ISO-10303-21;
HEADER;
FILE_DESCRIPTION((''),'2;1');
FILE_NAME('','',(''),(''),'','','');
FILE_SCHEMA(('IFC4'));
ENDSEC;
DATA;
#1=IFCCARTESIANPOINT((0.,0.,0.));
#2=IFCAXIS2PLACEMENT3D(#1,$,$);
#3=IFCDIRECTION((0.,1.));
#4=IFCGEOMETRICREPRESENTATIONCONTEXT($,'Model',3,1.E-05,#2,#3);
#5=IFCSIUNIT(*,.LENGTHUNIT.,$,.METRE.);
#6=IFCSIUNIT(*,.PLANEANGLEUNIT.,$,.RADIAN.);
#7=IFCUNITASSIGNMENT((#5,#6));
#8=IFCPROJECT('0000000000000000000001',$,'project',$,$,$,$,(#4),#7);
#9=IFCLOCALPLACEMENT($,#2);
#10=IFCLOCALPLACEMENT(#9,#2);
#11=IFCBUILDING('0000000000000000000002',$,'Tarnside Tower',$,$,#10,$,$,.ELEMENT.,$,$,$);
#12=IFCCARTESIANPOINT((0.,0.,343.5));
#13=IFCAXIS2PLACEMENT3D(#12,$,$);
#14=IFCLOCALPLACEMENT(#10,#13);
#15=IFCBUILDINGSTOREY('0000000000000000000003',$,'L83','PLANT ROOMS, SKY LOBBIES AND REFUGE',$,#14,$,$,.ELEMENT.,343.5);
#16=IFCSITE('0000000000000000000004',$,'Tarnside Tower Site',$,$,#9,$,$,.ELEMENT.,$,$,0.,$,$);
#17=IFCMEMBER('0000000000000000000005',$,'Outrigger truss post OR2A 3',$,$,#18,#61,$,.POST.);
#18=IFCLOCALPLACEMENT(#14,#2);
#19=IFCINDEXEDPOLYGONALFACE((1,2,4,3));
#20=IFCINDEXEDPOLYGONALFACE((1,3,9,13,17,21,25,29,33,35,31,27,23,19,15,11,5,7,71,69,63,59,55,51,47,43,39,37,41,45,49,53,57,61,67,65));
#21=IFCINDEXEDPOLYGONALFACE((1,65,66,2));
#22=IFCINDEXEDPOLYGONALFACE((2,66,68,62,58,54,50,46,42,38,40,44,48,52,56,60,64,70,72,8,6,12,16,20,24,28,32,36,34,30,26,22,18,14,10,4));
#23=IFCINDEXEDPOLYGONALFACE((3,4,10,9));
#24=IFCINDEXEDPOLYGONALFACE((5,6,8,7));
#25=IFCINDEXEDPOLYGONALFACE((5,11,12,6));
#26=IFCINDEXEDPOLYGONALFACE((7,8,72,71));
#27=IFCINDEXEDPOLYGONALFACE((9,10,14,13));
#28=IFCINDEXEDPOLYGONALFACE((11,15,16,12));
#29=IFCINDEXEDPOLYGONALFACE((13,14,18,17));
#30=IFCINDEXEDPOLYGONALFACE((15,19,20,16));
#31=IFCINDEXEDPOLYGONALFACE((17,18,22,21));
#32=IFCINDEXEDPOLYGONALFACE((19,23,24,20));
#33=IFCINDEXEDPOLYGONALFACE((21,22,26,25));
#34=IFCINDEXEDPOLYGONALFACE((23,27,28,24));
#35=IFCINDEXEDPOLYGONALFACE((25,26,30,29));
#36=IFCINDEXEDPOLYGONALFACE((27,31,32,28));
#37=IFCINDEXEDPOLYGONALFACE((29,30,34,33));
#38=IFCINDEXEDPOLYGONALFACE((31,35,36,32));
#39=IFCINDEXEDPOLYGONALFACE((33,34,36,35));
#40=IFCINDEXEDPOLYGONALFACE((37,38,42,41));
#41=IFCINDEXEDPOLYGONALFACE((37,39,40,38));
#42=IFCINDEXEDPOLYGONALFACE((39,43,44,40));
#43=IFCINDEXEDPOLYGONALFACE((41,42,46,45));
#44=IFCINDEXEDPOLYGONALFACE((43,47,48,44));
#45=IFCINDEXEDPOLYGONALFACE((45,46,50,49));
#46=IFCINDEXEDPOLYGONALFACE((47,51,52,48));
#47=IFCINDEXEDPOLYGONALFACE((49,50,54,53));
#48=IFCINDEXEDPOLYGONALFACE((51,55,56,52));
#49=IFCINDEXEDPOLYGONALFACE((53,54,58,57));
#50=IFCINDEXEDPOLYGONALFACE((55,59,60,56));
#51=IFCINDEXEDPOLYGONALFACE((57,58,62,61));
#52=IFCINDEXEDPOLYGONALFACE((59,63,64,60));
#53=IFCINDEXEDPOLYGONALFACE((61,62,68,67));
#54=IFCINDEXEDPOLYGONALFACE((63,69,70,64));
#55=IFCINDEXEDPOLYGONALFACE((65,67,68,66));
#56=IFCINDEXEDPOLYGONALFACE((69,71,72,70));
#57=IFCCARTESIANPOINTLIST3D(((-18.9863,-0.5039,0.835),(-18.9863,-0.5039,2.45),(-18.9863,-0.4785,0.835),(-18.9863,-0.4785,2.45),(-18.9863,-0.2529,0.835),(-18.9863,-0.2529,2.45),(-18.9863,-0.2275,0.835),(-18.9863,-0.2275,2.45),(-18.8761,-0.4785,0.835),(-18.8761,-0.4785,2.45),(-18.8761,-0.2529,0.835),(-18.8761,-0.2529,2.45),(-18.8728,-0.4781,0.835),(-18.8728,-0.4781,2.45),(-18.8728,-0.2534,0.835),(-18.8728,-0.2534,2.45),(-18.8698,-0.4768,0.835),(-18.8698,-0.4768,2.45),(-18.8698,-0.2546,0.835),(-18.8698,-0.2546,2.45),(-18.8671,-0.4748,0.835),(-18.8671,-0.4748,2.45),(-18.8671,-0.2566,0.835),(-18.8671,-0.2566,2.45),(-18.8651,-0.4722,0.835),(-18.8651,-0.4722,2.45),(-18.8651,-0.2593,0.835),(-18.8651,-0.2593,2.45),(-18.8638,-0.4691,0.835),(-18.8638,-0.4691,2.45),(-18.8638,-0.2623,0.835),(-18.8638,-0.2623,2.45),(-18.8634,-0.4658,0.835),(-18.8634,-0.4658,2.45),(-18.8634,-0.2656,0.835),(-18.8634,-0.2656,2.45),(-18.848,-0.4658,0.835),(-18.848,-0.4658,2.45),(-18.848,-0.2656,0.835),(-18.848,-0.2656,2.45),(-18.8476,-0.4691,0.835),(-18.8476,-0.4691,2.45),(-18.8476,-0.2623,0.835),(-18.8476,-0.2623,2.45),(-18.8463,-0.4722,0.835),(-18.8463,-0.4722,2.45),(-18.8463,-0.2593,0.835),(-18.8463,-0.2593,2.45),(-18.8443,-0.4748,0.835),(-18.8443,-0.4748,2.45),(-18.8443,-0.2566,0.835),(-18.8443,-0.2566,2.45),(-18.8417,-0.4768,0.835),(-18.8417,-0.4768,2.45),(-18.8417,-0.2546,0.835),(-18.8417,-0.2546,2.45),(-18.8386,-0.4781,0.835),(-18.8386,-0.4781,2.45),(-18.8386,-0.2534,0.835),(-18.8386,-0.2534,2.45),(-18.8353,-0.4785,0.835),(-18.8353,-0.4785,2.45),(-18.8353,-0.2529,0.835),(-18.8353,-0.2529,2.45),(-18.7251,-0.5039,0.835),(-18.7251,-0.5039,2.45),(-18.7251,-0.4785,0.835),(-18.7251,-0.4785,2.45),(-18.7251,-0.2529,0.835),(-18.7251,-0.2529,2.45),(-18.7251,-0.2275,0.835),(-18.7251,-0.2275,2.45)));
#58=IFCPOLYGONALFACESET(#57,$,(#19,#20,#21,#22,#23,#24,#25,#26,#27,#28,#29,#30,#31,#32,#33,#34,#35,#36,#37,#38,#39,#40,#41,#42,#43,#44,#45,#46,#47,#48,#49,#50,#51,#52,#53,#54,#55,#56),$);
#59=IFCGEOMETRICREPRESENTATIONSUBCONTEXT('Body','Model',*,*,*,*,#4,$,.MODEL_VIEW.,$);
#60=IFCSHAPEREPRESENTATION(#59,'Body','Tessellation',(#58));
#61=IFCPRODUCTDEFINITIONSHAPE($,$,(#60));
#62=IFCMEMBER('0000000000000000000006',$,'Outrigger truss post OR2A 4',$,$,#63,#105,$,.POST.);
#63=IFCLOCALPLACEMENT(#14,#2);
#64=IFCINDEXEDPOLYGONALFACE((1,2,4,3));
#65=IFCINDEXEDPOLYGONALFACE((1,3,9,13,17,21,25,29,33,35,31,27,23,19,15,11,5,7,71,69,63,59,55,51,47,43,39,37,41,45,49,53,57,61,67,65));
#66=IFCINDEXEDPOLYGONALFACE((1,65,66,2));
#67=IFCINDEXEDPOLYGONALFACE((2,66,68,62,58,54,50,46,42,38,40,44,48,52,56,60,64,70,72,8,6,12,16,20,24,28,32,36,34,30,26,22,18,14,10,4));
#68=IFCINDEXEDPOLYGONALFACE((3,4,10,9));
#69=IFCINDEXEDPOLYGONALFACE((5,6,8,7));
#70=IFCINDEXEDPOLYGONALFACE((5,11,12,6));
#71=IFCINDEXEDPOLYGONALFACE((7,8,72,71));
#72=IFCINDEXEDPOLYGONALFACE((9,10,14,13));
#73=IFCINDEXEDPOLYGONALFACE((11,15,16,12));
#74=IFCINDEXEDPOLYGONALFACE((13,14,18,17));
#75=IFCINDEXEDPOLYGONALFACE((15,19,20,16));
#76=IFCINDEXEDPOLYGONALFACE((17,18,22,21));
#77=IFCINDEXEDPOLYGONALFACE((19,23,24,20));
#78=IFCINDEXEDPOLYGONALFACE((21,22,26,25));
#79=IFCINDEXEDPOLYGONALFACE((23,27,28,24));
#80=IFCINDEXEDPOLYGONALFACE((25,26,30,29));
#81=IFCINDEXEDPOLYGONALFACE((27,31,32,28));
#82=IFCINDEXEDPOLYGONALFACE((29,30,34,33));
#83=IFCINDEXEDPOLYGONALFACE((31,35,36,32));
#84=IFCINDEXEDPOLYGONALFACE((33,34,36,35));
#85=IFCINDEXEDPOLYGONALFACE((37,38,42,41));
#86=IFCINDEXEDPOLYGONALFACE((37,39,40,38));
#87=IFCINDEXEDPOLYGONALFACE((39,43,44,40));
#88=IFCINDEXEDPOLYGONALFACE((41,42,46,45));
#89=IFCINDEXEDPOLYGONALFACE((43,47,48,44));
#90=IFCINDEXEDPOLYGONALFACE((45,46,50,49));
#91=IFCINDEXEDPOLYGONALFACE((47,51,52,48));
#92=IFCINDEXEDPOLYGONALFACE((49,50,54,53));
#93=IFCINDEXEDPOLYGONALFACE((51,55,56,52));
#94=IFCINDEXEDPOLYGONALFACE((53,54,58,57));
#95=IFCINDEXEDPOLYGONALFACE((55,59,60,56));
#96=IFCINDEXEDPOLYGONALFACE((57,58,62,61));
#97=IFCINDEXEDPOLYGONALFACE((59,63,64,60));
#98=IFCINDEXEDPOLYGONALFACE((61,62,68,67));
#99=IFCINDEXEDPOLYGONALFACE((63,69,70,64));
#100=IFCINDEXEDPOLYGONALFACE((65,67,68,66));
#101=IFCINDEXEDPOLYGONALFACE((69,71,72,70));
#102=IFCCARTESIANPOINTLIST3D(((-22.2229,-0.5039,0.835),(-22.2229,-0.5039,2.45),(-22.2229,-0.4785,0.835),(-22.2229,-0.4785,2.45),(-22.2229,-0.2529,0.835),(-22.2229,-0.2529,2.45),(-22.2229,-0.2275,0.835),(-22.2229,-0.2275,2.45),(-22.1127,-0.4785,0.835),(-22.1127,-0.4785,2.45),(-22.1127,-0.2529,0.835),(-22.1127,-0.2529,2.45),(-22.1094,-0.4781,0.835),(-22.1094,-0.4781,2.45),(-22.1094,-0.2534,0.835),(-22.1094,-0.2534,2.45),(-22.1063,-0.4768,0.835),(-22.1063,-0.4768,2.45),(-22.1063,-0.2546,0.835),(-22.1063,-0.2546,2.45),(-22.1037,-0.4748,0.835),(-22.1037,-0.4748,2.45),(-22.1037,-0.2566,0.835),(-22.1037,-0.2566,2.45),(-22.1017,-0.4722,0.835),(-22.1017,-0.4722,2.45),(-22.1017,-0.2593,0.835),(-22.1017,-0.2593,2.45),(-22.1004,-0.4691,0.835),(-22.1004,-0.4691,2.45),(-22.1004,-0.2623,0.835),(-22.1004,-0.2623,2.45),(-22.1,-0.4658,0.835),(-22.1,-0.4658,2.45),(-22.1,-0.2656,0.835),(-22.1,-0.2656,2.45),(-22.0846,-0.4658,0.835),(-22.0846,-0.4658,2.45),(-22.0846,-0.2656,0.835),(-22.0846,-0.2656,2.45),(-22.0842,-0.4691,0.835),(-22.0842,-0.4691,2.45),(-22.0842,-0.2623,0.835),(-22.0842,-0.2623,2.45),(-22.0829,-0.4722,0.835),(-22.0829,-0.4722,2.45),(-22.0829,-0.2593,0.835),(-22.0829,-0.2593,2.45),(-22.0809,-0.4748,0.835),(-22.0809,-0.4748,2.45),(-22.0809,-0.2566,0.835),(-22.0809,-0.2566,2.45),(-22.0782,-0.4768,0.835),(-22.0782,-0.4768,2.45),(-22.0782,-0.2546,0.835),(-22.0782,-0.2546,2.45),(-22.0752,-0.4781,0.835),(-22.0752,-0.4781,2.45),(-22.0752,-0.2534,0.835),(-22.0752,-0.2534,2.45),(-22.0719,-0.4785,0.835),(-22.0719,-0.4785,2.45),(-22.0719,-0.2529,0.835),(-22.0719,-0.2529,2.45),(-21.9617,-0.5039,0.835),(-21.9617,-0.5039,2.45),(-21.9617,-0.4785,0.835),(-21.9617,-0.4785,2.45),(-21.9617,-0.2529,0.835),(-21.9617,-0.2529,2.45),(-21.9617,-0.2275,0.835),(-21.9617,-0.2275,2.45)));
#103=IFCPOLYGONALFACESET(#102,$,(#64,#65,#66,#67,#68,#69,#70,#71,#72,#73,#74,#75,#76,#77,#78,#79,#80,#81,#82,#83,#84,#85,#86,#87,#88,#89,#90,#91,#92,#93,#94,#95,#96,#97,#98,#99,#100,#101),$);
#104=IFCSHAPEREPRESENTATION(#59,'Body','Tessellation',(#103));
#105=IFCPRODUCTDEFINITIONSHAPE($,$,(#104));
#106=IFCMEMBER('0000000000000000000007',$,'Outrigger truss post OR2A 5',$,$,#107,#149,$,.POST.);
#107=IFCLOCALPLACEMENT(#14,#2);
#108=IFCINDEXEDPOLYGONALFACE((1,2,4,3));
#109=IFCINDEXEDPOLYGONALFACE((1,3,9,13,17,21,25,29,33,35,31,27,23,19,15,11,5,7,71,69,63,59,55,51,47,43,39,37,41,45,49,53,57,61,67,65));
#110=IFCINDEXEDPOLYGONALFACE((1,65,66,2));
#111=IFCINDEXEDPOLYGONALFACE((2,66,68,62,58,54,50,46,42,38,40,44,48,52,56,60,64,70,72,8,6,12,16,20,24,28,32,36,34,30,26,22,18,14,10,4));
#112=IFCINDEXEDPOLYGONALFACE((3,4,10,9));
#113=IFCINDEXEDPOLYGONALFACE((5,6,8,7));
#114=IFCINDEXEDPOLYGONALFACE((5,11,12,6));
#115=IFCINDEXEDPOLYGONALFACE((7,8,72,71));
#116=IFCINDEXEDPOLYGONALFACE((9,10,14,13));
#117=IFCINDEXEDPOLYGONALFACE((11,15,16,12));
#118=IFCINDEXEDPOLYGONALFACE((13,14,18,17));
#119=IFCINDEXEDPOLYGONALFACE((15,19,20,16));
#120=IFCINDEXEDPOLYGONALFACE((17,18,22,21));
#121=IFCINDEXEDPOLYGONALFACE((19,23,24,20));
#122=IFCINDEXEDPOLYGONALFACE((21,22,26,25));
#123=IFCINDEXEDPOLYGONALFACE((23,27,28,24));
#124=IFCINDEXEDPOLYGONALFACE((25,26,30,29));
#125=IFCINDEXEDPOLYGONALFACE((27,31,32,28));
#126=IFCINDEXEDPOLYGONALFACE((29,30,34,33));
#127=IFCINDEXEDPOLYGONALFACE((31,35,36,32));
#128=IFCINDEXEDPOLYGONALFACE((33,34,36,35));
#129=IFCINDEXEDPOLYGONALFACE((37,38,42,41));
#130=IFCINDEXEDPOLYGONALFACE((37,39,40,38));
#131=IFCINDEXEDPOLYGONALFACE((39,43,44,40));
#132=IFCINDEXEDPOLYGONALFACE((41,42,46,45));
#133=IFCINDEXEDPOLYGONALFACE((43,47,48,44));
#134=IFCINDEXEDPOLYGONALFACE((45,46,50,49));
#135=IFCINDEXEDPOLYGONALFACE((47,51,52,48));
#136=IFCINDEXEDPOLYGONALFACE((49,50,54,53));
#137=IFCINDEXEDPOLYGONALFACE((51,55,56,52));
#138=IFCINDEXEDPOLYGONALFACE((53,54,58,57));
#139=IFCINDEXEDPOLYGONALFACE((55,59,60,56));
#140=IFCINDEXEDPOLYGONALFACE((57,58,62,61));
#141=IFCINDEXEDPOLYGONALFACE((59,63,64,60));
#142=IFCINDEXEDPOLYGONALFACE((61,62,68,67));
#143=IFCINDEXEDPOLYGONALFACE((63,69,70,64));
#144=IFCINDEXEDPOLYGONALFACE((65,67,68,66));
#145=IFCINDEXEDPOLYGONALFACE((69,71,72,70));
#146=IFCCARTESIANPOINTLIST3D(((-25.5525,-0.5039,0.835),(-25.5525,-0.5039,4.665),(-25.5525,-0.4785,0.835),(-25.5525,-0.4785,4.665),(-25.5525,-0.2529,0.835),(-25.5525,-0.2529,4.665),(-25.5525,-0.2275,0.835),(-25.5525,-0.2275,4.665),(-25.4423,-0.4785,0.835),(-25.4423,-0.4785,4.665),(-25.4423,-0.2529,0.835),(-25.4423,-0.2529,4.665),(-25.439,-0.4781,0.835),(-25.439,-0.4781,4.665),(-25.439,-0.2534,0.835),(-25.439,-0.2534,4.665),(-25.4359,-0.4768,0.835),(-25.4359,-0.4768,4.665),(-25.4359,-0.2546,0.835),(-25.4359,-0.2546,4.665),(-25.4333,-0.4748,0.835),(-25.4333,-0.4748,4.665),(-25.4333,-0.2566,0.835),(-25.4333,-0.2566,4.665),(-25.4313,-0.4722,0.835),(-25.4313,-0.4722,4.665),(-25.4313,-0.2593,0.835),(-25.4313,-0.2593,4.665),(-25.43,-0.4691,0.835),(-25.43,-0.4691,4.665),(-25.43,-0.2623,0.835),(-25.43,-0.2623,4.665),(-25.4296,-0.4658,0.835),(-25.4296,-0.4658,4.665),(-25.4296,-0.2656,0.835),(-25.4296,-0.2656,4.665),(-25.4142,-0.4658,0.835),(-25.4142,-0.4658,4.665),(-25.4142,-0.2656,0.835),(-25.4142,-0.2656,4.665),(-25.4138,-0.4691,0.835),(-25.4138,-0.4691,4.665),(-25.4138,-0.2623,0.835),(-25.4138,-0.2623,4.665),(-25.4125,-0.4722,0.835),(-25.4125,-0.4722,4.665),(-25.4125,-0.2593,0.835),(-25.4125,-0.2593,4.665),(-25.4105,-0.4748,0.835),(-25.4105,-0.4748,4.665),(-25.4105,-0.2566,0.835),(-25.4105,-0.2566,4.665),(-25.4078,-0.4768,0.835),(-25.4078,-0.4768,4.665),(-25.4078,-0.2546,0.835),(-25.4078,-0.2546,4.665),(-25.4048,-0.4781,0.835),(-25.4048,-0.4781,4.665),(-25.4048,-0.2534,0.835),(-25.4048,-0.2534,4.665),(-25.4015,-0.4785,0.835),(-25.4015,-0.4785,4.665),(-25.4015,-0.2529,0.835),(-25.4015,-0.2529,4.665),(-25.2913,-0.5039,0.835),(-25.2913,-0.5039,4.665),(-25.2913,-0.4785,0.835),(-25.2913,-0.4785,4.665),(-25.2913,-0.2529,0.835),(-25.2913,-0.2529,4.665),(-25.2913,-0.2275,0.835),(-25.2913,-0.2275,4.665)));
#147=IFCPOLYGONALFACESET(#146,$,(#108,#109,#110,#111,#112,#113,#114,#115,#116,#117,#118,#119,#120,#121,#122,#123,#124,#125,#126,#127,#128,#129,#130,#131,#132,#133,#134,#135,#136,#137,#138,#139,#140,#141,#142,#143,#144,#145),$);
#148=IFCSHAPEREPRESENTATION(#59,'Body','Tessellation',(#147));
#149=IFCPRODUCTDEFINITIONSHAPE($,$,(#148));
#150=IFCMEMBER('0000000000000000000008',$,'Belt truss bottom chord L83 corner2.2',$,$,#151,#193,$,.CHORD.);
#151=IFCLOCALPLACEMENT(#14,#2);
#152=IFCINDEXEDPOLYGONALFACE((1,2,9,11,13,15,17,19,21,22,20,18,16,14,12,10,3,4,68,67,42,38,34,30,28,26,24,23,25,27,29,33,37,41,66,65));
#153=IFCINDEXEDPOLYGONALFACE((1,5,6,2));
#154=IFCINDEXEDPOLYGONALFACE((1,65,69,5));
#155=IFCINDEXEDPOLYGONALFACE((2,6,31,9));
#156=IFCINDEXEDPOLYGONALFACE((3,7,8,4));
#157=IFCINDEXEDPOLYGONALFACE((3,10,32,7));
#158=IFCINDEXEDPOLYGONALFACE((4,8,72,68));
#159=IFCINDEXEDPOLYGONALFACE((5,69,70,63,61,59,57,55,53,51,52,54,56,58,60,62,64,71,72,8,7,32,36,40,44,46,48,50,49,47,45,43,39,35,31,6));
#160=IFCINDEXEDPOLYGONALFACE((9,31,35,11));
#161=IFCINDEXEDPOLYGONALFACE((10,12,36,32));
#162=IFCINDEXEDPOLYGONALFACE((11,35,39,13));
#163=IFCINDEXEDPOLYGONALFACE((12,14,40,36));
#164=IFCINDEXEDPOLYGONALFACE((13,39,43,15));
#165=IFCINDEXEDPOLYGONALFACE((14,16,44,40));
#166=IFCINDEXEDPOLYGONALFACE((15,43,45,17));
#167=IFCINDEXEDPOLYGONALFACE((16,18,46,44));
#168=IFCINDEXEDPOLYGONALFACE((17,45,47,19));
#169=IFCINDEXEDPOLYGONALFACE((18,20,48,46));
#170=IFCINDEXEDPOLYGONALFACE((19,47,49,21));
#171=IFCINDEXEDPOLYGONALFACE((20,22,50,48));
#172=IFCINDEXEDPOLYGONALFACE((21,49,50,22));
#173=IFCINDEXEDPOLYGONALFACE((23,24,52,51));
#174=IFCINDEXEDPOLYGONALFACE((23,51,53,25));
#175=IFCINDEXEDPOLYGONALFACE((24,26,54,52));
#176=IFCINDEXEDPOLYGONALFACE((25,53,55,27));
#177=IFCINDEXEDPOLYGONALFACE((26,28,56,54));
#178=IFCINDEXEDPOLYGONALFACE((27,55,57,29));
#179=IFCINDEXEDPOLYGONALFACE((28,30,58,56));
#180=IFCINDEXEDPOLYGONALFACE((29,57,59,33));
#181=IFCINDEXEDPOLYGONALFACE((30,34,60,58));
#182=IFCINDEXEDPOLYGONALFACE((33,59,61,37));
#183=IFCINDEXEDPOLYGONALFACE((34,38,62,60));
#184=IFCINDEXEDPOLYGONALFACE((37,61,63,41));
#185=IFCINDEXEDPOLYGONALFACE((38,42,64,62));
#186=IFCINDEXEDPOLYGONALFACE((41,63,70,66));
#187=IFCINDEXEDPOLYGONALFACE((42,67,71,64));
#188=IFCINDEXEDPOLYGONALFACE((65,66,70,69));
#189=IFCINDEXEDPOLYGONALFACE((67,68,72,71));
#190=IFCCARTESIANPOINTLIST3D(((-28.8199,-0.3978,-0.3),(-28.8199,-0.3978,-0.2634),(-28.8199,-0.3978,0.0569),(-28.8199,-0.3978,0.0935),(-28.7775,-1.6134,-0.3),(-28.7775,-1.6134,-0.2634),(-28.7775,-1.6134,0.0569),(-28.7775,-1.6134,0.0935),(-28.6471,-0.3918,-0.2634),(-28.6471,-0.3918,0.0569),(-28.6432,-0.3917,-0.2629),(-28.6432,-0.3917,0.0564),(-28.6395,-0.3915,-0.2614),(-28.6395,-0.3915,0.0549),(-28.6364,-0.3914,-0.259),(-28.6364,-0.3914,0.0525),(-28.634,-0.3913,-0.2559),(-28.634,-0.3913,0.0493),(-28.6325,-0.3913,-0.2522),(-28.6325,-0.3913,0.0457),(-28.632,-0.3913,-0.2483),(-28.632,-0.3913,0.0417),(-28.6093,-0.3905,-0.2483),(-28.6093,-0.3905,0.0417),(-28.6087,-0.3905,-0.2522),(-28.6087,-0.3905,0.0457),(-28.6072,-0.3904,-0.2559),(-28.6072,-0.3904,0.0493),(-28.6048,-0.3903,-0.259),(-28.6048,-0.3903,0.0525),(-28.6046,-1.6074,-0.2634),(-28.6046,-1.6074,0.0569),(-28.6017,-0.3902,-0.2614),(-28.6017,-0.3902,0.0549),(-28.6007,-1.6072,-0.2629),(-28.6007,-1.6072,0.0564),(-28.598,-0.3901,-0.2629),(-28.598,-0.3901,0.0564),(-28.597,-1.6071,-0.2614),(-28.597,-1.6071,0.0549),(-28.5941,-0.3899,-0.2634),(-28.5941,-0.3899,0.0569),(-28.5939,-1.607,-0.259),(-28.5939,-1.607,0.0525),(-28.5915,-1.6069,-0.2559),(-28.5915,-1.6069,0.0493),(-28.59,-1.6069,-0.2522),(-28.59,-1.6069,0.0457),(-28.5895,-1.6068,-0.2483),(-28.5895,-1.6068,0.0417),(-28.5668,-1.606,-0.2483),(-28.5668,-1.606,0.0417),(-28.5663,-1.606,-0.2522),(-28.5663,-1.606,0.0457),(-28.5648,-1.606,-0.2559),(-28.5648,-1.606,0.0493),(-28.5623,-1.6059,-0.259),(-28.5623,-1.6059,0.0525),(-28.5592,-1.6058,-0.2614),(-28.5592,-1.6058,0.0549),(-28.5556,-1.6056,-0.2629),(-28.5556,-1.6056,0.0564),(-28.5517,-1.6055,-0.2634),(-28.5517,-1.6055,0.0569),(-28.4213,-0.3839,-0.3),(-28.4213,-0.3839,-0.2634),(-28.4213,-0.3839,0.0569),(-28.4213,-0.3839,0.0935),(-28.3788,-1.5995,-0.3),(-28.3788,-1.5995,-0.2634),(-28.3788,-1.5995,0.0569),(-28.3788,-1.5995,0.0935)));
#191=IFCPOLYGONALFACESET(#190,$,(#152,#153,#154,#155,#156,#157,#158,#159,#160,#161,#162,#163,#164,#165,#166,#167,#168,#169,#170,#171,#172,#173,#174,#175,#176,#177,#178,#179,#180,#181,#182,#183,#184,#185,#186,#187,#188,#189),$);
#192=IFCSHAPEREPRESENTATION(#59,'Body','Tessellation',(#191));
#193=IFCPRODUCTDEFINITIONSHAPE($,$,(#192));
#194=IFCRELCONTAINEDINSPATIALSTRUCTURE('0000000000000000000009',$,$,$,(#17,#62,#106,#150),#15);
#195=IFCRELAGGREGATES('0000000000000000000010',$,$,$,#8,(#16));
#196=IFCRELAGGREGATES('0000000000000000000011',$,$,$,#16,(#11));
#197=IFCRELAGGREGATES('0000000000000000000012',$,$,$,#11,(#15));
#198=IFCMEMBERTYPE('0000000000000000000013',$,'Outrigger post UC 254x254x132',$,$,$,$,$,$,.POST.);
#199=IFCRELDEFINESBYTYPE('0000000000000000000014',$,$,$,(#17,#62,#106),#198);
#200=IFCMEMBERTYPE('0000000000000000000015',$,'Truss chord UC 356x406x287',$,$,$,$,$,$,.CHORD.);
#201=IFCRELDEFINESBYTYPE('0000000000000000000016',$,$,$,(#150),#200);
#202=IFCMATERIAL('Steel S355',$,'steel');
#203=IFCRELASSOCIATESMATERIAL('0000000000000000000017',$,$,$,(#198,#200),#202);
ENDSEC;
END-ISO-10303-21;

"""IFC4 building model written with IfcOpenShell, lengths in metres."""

from ifc_helpers import new_model, si_unit, direction, frame, origin, origin_2d, place, context, subcontext, project, spatial, i_section, extrude, material, material_profile, profile_set, type_object, element, save


model = new_model("IFC4")

# Units and contexts
model_context = context("Model", 3, precision=1e-05, world=origin(), true_north=direction((0.0, 1.0)))
body_context = subcontext(model_context, "Body", "Model", "MODEL_VIEW")
ifc_project = project(units=[si_unit("LENGTHUNIT", "METRE"), si_unit("PLANEANGLEUNIT", "RADIAN")], contexts=[model_context])

# Site, building, storey
site_placement = place(None, origin())
site = spatial("IfcSite", under=ifc_project, at=site_placement, Name="Tarnside Tower Site", CompositionType="ELEMENT", RefElevation=0.0)
building_placement = place(site_placement, origin())
building = spatial("IfcBuilding", under=site, at=building_placement, Name="Tarnside Tower", CompositionType="ELEMENT")
storey_placement = place(building_placement, frame((0.0, 0.0, 343.5)))
storey = spatial("IfcBuildingStorey", under=building, at=storey_placement, Name="L83", Description="PLANT ROOMS, SKY LOBBIES AND REFUGE", CompositionType="ELEMENT", Elevation=343.5)

# Shared definitions
ifc_material_1 = material(Name="Steel S355", Category="steel")

# Members
ifc_material_profile_1 = material_profile(ifc_material_1, i_section(OverallWidth=0.2612, OverallDepth=0.2764, WebThickness=0.0154, FlangeThickness=0.0254, FilletRadius=0.0127, at=origin_2d()), Name="UC 254x254x132")
ifc_profile_set_1 = profile_set([ifc_material_profile_1], Name="Steel S355")
member_type_1 = type_object("IfcMemberType", Name="Outrigger post UC 254x254x132", PredefinedType="POST", material=ifc_profile_set_1)
for number, where, z_axis, x_axis, name in (
    (1, (-18.8557, -0.3657, 0.835), (0.0, 0.0, 1.0), (-1.0, 0.0, 0.0), "Outrigger truss post OR2A 3"),
    (2, (-22.0923, -0.3657, 0.835), (0.0, 0.0, 1.0), (-1.0, 0.0, 0.0), "Outrigger truss post OR2A 4"),
):
    element("IfcMember", number, at=place(storey_placement, frame(where, z_axis=z_axis, x_axis=x_axis)), inside=storey, type_object=member_type_1, Name=name, PredefinedType="POST", context=body_context, shape_type="SweptSolid", body=[
        extrude(i_section(OverallWidth=0.2612, OverallDepth=0.2764, WebThickness=0.0154, FlangeThickness=0.0254, FilletRadius=0.0127, at=origin_2d()), origin(), (0.0, 0.0, 1.0), 1.615),
    ])
member_1_placement = place(storey_placement, frame((-25.4219, -0.3657, 0.835), z_axis=(0.0, 0.0, 1.0), x_axis=(-1.0, 0.0, 0.0)))
element("IfcMember", 3, at=member_1_placement, inside=storey, type_object=member_type_1, Name="Outrigger truss post OR2A 5", PredefinedType="POST", context=body_context, shape_type="SweptSolid", body=[
    extrude(i_section(OverallWidth=0.2612, OverallDepth=0.2764, WebThickness=0.0154, FlangeThickness=0.0254, FilletRadius=0.0127, at=origin_2d()), origin(), (0.0, 0.0, 1.0), 3.8301),
])
ifc_material_profile_2 = material_profile(ifc_material_1, i_section(OverallWidth=0.3989, OverallDepth=0.3936, WebThickness=0.0227, FlangeThickness=0.0366, FilletRadius=0.0151, at=origin_2d()), Name="UC 356x406x287")
ifc_profile_set_2 = profile_set([ifc_material_profile_2], Name="Steel S355")
member_type_2 = type_object("IfcMemberType", Name="Truss chord UC 356x406x287", PredefinedType="CHORD", material=ifc_profile_set_2)
for number, where, z_axis, x_axis, name in (
    (4, (-28.6206, -0.3909, -0.1033), (0.034925, -0.99939, 0.0), (0.99939, 0.034925, 0.0), "Belt truss bottom chord L83 corner2.2"),
):
    element("IfcMember", number, at=place(storey_placement, frame(where, z_axis=z_axis, x_axis=x_axis)), inside=storey, type_object=member_type_2, Name=name, PredefinedType="CHORD", context=body_context, shape_type="SweptSolid", body=[
        extrude(i_section(OverallWidth=0.3989, OverallDepth=0.3936, WebThickness=0.0227, FlangeThickness=0.0366, FilletRadius=0.0151, at=origin_2d()), origin(), (0.0, 0.0, 1.0), 1.2163),
    ])

save(model, "model.ifc")
